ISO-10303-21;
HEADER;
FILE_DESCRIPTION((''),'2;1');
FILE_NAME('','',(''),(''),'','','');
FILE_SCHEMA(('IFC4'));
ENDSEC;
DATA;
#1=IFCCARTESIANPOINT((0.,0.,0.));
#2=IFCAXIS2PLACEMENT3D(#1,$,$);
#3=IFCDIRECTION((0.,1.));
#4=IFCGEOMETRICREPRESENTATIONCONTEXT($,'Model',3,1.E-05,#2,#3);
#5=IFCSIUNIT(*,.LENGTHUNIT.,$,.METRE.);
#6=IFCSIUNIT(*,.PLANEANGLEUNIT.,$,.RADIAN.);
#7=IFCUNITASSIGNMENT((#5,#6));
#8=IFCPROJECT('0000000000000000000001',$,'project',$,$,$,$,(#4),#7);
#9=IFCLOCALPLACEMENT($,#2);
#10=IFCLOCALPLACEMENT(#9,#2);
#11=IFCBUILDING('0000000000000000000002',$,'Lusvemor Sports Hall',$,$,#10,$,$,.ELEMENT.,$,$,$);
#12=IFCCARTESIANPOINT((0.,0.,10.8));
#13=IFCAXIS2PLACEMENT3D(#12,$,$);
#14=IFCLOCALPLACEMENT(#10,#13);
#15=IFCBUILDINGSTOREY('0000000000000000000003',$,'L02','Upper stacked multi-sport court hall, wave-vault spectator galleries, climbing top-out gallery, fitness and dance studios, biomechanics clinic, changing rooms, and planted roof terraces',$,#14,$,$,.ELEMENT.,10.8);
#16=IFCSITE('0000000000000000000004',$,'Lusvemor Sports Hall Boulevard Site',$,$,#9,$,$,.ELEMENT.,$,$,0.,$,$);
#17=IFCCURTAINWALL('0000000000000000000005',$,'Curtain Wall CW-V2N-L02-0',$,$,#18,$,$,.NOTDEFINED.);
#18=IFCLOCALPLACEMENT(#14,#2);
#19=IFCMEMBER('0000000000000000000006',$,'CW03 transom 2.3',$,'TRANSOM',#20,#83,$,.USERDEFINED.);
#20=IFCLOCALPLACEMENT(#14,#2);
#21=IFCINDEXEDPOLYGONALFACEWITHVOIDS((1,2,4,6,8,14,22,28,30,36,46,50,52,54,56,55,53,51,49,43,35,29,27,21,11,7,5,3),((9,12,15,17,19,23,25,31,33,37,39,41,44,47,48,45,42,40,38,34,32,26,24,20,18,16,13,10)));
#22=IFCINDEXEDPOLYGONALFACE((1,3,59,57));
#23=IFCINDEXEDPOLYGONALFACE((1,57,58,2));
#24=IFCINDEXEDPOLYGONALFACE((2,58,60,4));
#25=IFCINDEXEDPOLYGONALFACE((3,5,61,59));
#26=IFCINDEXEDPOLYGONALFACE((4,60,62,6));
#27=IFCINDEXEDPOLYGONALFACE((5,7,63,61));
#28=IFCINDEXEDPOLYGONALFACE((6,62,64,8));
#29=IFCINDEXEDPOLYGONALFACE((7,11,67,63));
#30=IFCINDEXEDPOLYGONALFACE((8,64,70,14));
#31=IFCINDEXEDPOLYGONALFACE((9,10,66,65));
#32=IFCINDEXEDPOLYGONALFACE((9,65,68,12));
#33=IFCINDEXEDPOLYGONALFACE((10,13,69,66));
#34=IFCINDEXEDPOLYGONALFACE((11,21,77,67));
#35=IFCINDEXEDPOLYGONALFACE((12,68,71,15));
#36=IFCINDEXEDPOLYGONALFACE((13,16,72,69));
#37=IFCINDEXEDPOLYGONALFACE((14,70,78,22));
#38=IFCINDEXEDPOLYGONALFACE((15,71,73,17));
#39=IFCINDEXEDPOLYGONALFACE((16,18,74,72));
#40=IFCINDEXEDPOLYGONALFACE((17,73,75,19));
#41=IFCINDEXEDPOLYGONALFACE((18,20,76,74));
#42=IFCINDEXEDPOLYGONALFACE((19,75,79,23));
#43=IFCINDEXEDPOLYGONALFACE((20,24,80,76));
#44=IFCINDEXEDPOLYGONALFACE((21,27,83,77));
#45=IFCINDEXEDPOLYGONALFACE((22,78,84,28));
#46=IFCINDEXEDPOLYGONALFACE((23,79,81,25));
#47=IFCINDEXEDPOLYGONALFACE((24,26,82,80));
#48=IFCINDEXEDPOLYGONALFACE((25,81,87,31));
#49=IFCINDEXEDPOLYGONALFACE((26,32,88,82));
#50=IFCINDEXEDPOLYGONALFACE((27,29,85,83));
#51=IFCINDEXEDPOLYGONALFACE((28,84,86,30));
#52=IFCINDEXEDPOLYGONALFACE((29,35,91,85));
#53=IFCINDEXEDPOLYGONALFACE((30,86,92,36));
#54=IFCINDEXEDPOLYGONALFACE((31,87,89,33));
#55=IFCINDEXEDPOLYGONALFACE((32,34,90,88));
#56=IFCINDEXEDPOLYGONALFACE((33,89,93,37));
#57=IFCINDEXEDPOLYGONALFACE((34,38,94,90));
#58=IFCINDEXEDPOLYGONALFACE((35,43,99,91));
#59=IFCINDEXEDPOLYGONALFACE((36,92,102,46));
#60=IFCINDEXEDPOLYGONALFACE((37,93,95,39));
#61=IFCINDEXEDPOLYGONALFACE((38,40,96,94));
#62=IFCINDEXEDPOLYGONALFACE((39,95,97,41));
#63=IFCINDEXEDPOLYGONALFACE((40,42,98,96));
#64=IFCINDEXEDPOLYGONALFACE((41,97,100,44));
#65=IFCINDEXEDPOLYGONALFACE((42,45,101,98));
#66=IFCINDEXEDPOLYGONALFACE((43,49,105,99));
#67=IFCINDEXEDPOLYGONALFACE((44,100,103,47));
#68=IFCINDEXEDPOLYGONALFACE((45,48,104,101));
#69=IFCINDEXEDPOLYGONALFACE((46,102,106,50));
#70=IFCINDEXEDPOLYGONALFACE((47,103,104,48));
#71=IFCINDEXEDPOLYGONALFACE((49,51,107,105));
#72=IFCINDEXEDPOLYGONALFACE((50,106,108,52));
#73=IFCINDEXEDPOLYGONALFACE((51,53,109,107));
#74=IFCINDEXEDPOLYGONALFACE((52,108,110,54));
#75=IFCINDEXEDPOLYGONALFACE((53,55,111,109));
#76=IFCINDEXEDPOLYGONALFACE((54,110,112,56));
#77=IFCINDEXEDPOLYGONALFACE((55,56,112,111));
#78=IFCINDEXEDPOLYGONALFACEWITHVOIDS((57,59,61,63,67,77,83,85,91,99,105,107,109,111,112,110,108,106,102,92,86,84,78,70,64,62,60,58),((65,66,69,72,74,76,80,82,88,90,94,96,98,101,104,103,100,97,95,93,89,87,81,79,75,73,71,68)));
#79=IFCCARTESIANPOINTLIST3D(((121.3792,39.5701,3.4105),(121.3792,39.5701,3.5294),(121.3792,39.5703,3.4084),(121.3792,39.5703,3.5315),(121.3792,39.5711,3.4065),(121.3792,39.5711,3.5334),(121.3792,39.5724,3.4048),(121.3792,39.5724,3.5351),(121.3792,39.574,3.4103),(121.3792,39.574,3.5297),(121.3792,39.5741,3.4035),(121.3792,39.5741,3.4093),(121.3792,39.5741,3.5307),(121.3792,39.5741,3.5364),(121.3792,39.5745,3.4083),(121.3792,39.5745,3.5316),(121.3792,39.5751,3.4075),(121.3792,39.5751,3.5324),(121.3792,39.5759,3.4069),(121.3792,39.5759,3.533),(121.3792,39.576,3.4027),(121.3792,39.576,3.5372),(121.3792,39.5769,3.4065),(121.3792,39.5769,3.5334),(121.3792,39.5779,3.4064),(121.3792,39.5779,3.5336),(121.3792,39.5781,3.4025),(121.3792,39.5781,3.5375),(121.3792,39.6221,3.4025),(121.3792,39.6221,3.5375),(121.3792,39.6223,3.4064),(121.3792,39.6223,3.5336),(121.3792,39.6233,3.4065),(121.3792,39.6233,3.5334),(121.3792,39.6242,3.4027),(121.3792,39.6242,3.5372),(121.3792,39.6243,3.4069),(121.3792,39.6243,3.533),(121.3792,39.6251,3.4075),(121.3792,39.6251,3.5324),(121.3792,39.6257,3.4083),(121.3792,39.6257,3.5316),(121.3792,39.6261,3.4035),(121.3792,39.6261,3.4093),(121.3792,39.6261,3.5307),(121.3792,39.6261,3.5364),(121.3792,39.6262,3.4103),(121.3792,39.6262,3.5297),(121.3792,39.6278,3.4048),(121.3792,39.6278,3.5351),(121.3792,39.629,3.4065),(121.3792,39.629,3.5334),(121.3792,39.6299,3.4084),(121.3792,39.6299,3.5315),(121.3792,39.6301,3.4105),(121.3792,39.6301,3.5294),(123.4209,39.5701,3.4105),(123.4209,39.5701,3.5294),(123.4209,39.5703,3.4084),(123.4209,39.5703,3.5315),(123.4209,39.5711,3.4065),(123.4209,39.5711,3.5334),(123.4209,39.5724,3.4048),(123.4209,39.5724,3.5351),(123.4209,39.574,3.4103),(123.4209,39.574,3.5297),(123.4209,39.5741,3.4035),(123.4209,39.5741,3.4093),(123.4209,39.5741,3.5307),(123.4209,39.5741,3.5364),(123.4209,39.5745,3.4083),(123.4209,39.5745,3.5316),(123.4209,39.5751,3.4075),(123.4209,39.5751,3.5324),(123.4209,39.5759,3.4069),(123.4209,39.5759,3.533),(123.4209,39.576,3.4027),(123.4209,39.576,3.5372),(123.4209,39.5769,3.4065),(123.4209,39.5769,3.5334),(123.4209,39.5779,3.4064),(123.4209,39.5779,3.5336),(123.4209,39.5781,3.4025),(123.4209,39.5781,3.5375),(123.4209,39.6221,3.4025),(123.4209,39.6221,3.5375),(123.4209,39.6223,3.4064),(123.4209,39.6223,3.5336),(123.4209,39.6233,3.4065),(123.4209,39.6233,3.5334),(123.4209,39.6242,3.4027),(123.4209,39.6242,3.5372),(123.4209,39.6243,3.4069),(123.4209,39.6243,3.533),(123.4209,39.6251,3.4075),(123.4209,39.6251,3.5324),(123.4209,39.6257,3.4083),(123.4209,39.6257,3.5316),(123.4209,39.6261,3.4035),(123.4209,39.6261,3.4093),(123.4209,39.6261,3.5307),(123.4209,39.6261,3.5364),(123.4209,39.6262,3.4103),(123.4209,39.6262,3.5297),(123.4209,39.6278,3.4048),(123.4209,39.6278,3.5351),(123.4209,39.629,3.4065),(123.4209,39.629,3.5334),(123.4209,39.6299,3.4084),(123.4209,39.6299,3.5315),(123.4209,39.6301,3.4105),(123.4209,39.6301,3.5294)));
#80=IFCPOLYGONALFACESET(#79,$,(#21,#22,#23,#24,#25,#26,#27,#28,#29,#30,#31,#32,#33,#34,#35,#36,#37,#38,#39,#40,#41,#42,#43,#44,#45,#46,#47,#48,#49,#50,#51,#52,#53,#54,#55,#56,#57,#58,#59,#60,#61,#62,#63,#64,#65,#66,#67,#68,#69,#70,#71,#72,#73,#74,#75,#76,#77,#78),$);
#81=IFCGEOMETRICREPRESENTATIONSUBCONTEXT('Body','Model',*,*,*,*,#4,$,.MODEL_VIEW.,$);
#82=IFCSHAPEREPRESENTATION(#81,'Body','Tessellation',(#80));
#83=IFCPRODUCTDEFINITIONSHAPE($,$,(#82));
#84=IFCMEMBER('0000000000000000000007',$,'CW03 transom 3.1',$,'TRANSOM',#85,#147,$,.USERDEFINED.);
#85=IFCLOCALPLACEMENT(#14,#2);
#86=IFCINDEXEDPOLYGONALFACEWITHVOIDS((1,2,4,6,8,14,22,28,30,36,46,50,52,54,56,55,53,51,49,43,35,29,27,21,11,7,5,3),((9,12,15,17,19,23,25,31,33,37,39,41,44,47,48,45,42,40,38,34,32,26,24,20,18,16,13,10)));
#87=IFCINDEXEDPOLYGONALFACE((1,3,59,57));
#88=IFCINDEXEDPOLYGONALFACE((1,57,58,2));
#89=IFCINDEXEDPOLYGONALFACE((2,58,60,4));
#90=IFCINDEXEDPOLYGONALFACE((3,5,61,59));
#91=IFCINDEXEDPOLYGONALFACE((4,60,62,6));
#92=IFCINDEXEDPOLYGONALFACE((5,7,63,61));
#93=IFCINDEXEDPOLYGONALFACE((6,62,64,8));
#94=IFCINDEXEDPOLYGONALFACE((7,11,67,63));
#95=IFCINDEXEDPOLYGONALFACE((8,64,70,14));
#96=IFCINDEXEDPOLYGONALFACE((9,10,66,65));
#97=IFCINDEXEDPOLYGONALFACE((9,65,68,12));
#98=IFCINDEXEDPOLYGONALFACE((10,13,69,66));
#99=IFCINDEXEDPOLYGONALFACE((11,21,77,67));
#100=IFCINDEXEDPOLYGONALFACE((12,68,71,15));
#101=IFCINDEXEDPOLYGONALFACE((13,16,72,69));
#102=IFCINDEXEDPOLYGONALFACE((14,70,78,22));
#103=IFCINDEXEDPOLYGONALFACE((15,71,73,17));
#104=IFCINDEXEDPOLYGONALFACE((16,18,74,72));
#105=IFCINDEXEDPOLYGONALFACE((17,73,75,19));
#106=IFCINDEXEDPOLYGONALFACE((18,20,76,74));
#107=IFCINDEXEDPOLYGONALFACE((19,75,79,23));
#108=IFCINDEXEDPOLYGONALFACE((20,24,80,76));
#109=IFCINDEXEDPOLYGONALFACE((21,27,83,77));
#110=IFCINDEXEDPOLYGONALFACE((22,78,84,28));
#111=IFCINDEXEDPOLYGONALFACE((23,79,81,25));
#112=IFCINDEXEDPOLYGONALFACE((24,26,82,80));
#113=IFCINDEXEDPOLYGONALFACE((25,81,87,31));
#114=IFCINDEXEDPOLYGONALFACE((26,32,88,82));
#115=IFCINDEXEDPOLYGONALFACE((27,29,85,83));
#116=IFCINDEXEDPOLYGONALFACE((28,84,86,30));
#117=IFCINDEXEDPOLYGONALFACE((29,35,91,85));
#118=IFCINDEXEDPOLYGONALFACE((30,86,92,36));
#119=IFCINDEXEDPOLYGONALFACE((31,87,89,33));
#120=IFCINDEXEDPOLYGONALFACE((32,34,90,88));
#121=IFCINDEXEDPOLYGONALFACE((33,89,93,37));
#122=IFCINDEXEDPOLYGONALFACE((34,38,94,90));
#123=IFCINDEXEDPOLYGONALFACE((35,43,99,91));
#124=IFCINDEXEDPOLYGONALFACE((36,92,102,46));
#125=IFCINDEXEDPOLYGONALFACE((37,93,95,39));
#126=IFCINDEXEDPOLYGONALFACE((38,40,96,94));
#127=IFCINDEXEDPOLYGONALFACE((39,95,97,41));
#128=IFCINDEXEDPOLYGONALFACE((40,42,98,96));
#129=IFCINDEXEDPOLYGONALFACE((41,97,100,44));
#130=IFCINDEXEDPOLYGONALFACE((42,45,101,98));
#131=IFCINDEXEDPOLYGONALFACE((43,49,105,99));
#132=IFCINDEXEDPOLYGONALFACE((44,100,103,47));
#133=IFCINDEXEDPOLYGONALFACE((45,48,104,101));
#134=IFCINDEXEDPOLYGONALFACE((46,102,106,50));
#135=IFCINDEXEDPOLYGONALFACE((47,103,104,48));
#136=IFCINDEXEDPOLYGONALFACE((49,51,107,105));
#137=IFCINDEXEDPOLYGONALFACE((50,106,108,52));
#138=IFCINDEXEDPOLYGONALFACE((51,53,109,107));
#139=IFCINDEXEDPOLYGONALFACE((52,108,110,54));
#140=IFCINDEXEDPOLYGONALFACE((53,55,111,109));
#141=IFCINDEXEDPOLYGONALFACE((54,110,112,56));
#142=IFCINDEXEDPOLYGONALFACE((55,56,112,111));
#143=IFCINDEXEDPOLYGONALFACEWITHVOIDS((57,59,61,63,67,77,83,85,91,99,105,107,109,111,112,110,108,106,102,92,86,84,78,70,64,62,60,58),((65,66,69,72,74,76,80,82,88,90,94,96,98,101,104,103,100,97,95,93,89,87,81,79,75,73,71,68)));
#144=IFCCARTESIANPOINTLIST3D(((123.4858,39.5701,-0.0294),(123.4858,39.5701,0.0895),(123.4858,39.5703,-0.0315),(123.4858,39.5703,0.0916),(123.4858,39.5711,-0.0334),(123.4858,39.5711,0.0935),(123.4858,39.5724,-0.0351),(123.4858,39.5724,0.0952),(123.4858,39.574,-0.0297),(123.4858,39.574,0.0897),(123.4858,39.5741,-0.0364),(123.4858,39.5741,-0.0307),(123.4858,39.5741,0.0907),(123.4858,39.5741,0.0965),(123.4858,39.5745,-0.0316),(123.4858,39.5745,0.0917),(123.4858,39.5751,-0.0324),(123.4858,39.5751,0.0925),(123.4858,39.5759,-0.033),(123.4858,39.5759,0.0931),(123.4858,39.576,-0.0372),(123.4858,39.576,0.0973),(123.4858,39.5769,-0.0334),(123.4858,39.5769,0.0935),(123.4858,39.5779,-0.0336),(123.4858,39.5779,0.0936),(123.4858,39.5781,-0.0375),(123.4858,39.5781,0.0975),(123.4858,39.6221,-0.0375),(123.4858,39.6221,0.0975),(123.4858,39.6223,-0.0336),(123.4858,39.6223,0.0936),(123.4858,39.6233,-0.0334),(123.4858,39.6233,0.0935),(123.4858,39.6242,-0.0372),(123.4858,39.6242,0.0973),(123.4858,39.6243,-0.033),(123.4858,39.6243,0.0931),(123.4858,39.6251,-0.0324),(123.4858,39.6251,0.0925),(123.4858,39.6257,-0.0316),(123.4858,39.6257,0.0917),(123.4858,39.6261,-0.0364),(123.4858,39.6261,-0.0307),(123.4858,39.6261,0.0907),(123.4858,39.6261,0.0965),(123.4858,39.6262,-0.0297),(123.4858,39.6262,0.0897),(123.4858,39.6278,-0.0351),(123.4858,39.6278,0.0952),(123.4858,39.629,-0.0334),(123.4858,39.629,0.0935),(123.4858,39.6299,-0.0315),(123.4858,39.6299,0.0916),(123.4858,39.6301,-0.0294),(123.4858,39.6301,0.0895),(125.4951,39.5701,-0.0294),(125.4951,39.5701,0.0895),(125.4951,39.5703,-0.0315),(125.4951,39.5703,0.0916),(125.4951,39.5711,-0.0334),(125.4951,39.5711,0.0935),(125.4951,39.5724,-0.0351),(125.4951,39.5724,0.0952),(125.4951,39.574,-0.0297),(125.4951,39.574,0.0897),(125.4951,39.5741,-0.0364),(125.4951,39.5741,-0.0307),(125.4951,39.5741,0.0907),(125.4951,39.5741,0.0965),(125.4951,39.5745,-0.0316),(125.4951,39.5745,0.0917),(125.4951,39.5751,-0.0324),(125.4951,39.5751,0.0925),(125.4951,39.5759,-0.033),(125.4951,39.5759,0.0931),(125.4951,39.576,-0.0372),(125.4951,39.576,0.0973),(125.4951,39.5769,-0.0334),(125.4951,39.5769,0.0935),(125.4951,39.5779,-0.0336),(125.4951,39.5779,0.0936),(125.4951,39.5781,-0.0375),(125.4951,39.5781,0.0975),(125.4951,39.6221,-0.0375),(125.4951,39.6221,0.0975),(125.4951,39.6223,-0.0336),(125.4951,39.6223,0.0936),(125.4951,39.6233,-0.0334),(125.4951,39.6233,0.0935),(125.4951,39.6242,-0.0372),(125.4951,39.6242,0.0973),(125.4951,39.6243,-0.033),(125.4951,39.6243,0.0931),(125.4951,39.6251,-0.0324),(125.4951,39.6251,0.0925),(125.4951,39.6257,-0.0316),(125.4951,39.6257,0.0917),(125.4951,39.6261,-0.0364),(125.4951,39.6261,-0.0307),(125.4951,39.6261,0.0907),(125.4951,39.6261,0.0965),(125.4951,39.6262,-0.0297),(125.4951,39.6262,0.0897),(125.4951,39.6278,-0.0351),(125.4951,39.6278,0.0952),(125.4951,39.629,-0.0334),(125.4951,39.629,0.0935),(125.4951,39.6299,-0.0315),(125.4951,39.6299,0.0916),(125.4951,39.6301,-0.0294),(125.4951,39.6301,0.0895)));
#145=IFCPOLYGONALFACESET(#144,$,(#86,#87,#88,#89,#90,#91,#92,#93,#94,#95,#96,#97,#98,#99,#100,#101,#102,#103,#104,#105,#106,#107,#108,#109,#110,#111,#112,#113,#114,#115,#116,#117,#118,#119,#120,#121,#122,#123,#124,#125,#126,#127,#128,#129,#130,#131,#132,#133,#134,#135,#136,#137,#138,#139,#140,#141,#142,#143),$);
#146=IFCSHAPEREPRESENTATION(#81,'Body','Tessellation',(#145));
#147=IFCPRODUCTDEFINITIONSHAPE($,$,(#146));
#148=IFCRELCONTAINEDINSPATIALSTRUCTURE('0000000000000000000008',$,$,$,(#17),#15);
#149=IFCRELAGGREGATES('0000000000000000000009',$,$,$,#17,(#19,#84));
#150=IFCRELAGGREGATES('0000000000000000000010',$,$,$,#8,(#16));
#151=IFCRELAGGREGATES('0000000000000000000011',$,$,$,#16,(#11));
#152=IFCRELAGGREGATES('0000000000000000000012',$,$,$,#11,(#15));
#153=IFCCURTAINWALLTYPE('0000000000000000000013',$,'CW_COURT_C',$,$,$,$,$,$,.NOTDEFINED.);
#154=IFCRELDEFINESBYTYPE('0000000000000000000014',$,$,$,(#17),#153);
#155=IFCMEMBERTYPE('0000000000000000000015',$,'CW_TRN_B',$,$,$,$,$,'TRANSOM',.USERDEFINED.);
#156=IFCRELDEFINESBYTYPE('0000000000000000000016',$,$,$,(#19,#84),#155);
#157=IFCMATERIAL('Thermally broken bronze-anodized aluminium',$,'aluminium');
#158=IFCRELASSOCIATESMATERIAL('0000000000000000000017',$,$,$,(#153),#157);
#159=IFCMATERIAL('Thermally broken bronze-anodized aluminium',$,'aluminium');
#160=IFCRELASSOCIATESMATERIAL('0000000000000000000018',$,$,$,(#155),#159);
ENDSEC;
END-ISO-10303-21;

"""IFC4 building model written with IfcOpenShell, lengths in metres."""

from ifc_helpers import new_model, si_unit, direction, frame, origin, origin_2d, place, context, subcontext, project, spatial, hollow_rectangle, extrude, material, material_profile, profile_set, type_object, element, aggregate, save


model = new_model("IFC4")

# Units and contexts
model_context = context("Model", 3, precision=1e-05, world=origin(), true_north=direction((0.0, 1.0)))
body_context = subcontext(model_context, "Body", "Model", "MODEL_VIEW")
ifc_project = project(units=[si_unit("LENGTHUNIT", "METRE"), si_unit("PLANEANGLEUNIT", "RADIAN")], contexts=[model_context])

# Site, building, storey
site_placement = place(None, origin())
site = spatial("IfcSite", under=ifc_project, at=site_placement, Name="Lusvemor Sports Hall Boulevard Site", CompositionType="ELEMENT", RefElevation=0.0)
building_placement = place(site_placement, origin())
building = spatial("IfcBuilding", under=site, at=building_placement, Name="Lusvemor Sports Hall", CompositionType="ELEMENT")
storey_placement = place(building_placement, frame((0.0, 0.0, 10.8)))
storey = spatial("IfcBuildingStorey", under=building, at=storey_placement, Name="L02", Description="Upper stacked multi-sport court hall, wave-vault spectator galleries, climbing top-out gallery, fitness and dance studios, biomechanics clinic, changing rooms, and planted roof terraces", CompositionType="ELEMENT", Elevation=10.8)

# Curtain wall
ifc_material_1 = material(Name="Thermally broken bronze-anodized aluminium", Category="aluminium")
curtain_wall_type = type_object("IfcCurtainWallType", Name="CW_COURT_C", PredefinedType="NOTDEFINED", material=ifc_material_1)
curtain_wall_1_placement = place(storey_placement, origin())
curtain_wall_1 = element("IfcCurtainWall", 1, at=curtain_wall_1_placement, inside=storey, type_object=curtain_wall_type, Name="Curtain Wall CW-V2N-L02-0", PredefinedType="NOTDEFINED")

# Members
ifc_material_2 = material(Name="Thermally broken bronze-anodized aluminium", Category="aluminium")
ifc_material_profile_1 = material_profile(ifc_material_2, hollow_rectangle(XDim=0.0601, YDim=0.135, WallThickness=0.0039, InnerFilletRadius=0.0039, OuterFilletRadius=0.0081, at=origin_2d()), Name="CWTRN135x60x4")
ifc_profile_set_1 = profile_set([ifc_material_profile_1], Name="Thermally broken bronze-anodized aluminium")
member_type_1 = type_object("IfcMemberType", Name="CW_TRN_B", ElementType="TRANSOM", PredefinedType="USERDEFINED", material=ifc_profile_set_1)
member_1_placement = place(storey_placement, frame((121.3792, 39.6001, 3.47), z_axis=(1.0, 0.0, 0.0), x_axis=(0.0, 1.0, 0.0)))
member_1 = element("IfcMember", 2, at=member_1_placement, type_object=member_type_1, Name="CW03 transom 2.3", ObjectType="TRANSOM", PredefinedType="USERDEFINED", context=body_context, shape_type="SweptSolid", body=[
    extrude(hollow_rectangle(XDim=0.0601, YDim=0.135, WallThickness=0.0039, InnerFilletRadius=0.0039, OuterFilletRadius=0.0081, at=origin_2d()), origin(), (0.0, 0.0, 1.0), 2.0417),
])
member_2_placement = place(storey_placement, frame((123.4858, 39.6001, 0.03), z_axis=(1.0, 0.0, 0.0), x_axis=(0.0, 1.0, 0.0)))
member_2 = element("IfcMember", 3, at=member_2_placement, type_object=member_type_1, Name="CW03 transom 3.1", ObjectType="TRANSOM", PredefinedType="USERDEFINED", context=body_context, shape_type="SweptSolid", body=[
    extrude(hollow_rectangle(XDim=0.0601, YDim=0.135, WallThickness=0.0039, InnerFilletRadius=0.0039, OuterFilletRadius=0.0081, at=origin_2d()), origin(), (0.0, 0.0, 1.0), 2.0093),
])

aggregate(curtain_wall_1, [member_1, member_2])

save(model, "model.ifc")
